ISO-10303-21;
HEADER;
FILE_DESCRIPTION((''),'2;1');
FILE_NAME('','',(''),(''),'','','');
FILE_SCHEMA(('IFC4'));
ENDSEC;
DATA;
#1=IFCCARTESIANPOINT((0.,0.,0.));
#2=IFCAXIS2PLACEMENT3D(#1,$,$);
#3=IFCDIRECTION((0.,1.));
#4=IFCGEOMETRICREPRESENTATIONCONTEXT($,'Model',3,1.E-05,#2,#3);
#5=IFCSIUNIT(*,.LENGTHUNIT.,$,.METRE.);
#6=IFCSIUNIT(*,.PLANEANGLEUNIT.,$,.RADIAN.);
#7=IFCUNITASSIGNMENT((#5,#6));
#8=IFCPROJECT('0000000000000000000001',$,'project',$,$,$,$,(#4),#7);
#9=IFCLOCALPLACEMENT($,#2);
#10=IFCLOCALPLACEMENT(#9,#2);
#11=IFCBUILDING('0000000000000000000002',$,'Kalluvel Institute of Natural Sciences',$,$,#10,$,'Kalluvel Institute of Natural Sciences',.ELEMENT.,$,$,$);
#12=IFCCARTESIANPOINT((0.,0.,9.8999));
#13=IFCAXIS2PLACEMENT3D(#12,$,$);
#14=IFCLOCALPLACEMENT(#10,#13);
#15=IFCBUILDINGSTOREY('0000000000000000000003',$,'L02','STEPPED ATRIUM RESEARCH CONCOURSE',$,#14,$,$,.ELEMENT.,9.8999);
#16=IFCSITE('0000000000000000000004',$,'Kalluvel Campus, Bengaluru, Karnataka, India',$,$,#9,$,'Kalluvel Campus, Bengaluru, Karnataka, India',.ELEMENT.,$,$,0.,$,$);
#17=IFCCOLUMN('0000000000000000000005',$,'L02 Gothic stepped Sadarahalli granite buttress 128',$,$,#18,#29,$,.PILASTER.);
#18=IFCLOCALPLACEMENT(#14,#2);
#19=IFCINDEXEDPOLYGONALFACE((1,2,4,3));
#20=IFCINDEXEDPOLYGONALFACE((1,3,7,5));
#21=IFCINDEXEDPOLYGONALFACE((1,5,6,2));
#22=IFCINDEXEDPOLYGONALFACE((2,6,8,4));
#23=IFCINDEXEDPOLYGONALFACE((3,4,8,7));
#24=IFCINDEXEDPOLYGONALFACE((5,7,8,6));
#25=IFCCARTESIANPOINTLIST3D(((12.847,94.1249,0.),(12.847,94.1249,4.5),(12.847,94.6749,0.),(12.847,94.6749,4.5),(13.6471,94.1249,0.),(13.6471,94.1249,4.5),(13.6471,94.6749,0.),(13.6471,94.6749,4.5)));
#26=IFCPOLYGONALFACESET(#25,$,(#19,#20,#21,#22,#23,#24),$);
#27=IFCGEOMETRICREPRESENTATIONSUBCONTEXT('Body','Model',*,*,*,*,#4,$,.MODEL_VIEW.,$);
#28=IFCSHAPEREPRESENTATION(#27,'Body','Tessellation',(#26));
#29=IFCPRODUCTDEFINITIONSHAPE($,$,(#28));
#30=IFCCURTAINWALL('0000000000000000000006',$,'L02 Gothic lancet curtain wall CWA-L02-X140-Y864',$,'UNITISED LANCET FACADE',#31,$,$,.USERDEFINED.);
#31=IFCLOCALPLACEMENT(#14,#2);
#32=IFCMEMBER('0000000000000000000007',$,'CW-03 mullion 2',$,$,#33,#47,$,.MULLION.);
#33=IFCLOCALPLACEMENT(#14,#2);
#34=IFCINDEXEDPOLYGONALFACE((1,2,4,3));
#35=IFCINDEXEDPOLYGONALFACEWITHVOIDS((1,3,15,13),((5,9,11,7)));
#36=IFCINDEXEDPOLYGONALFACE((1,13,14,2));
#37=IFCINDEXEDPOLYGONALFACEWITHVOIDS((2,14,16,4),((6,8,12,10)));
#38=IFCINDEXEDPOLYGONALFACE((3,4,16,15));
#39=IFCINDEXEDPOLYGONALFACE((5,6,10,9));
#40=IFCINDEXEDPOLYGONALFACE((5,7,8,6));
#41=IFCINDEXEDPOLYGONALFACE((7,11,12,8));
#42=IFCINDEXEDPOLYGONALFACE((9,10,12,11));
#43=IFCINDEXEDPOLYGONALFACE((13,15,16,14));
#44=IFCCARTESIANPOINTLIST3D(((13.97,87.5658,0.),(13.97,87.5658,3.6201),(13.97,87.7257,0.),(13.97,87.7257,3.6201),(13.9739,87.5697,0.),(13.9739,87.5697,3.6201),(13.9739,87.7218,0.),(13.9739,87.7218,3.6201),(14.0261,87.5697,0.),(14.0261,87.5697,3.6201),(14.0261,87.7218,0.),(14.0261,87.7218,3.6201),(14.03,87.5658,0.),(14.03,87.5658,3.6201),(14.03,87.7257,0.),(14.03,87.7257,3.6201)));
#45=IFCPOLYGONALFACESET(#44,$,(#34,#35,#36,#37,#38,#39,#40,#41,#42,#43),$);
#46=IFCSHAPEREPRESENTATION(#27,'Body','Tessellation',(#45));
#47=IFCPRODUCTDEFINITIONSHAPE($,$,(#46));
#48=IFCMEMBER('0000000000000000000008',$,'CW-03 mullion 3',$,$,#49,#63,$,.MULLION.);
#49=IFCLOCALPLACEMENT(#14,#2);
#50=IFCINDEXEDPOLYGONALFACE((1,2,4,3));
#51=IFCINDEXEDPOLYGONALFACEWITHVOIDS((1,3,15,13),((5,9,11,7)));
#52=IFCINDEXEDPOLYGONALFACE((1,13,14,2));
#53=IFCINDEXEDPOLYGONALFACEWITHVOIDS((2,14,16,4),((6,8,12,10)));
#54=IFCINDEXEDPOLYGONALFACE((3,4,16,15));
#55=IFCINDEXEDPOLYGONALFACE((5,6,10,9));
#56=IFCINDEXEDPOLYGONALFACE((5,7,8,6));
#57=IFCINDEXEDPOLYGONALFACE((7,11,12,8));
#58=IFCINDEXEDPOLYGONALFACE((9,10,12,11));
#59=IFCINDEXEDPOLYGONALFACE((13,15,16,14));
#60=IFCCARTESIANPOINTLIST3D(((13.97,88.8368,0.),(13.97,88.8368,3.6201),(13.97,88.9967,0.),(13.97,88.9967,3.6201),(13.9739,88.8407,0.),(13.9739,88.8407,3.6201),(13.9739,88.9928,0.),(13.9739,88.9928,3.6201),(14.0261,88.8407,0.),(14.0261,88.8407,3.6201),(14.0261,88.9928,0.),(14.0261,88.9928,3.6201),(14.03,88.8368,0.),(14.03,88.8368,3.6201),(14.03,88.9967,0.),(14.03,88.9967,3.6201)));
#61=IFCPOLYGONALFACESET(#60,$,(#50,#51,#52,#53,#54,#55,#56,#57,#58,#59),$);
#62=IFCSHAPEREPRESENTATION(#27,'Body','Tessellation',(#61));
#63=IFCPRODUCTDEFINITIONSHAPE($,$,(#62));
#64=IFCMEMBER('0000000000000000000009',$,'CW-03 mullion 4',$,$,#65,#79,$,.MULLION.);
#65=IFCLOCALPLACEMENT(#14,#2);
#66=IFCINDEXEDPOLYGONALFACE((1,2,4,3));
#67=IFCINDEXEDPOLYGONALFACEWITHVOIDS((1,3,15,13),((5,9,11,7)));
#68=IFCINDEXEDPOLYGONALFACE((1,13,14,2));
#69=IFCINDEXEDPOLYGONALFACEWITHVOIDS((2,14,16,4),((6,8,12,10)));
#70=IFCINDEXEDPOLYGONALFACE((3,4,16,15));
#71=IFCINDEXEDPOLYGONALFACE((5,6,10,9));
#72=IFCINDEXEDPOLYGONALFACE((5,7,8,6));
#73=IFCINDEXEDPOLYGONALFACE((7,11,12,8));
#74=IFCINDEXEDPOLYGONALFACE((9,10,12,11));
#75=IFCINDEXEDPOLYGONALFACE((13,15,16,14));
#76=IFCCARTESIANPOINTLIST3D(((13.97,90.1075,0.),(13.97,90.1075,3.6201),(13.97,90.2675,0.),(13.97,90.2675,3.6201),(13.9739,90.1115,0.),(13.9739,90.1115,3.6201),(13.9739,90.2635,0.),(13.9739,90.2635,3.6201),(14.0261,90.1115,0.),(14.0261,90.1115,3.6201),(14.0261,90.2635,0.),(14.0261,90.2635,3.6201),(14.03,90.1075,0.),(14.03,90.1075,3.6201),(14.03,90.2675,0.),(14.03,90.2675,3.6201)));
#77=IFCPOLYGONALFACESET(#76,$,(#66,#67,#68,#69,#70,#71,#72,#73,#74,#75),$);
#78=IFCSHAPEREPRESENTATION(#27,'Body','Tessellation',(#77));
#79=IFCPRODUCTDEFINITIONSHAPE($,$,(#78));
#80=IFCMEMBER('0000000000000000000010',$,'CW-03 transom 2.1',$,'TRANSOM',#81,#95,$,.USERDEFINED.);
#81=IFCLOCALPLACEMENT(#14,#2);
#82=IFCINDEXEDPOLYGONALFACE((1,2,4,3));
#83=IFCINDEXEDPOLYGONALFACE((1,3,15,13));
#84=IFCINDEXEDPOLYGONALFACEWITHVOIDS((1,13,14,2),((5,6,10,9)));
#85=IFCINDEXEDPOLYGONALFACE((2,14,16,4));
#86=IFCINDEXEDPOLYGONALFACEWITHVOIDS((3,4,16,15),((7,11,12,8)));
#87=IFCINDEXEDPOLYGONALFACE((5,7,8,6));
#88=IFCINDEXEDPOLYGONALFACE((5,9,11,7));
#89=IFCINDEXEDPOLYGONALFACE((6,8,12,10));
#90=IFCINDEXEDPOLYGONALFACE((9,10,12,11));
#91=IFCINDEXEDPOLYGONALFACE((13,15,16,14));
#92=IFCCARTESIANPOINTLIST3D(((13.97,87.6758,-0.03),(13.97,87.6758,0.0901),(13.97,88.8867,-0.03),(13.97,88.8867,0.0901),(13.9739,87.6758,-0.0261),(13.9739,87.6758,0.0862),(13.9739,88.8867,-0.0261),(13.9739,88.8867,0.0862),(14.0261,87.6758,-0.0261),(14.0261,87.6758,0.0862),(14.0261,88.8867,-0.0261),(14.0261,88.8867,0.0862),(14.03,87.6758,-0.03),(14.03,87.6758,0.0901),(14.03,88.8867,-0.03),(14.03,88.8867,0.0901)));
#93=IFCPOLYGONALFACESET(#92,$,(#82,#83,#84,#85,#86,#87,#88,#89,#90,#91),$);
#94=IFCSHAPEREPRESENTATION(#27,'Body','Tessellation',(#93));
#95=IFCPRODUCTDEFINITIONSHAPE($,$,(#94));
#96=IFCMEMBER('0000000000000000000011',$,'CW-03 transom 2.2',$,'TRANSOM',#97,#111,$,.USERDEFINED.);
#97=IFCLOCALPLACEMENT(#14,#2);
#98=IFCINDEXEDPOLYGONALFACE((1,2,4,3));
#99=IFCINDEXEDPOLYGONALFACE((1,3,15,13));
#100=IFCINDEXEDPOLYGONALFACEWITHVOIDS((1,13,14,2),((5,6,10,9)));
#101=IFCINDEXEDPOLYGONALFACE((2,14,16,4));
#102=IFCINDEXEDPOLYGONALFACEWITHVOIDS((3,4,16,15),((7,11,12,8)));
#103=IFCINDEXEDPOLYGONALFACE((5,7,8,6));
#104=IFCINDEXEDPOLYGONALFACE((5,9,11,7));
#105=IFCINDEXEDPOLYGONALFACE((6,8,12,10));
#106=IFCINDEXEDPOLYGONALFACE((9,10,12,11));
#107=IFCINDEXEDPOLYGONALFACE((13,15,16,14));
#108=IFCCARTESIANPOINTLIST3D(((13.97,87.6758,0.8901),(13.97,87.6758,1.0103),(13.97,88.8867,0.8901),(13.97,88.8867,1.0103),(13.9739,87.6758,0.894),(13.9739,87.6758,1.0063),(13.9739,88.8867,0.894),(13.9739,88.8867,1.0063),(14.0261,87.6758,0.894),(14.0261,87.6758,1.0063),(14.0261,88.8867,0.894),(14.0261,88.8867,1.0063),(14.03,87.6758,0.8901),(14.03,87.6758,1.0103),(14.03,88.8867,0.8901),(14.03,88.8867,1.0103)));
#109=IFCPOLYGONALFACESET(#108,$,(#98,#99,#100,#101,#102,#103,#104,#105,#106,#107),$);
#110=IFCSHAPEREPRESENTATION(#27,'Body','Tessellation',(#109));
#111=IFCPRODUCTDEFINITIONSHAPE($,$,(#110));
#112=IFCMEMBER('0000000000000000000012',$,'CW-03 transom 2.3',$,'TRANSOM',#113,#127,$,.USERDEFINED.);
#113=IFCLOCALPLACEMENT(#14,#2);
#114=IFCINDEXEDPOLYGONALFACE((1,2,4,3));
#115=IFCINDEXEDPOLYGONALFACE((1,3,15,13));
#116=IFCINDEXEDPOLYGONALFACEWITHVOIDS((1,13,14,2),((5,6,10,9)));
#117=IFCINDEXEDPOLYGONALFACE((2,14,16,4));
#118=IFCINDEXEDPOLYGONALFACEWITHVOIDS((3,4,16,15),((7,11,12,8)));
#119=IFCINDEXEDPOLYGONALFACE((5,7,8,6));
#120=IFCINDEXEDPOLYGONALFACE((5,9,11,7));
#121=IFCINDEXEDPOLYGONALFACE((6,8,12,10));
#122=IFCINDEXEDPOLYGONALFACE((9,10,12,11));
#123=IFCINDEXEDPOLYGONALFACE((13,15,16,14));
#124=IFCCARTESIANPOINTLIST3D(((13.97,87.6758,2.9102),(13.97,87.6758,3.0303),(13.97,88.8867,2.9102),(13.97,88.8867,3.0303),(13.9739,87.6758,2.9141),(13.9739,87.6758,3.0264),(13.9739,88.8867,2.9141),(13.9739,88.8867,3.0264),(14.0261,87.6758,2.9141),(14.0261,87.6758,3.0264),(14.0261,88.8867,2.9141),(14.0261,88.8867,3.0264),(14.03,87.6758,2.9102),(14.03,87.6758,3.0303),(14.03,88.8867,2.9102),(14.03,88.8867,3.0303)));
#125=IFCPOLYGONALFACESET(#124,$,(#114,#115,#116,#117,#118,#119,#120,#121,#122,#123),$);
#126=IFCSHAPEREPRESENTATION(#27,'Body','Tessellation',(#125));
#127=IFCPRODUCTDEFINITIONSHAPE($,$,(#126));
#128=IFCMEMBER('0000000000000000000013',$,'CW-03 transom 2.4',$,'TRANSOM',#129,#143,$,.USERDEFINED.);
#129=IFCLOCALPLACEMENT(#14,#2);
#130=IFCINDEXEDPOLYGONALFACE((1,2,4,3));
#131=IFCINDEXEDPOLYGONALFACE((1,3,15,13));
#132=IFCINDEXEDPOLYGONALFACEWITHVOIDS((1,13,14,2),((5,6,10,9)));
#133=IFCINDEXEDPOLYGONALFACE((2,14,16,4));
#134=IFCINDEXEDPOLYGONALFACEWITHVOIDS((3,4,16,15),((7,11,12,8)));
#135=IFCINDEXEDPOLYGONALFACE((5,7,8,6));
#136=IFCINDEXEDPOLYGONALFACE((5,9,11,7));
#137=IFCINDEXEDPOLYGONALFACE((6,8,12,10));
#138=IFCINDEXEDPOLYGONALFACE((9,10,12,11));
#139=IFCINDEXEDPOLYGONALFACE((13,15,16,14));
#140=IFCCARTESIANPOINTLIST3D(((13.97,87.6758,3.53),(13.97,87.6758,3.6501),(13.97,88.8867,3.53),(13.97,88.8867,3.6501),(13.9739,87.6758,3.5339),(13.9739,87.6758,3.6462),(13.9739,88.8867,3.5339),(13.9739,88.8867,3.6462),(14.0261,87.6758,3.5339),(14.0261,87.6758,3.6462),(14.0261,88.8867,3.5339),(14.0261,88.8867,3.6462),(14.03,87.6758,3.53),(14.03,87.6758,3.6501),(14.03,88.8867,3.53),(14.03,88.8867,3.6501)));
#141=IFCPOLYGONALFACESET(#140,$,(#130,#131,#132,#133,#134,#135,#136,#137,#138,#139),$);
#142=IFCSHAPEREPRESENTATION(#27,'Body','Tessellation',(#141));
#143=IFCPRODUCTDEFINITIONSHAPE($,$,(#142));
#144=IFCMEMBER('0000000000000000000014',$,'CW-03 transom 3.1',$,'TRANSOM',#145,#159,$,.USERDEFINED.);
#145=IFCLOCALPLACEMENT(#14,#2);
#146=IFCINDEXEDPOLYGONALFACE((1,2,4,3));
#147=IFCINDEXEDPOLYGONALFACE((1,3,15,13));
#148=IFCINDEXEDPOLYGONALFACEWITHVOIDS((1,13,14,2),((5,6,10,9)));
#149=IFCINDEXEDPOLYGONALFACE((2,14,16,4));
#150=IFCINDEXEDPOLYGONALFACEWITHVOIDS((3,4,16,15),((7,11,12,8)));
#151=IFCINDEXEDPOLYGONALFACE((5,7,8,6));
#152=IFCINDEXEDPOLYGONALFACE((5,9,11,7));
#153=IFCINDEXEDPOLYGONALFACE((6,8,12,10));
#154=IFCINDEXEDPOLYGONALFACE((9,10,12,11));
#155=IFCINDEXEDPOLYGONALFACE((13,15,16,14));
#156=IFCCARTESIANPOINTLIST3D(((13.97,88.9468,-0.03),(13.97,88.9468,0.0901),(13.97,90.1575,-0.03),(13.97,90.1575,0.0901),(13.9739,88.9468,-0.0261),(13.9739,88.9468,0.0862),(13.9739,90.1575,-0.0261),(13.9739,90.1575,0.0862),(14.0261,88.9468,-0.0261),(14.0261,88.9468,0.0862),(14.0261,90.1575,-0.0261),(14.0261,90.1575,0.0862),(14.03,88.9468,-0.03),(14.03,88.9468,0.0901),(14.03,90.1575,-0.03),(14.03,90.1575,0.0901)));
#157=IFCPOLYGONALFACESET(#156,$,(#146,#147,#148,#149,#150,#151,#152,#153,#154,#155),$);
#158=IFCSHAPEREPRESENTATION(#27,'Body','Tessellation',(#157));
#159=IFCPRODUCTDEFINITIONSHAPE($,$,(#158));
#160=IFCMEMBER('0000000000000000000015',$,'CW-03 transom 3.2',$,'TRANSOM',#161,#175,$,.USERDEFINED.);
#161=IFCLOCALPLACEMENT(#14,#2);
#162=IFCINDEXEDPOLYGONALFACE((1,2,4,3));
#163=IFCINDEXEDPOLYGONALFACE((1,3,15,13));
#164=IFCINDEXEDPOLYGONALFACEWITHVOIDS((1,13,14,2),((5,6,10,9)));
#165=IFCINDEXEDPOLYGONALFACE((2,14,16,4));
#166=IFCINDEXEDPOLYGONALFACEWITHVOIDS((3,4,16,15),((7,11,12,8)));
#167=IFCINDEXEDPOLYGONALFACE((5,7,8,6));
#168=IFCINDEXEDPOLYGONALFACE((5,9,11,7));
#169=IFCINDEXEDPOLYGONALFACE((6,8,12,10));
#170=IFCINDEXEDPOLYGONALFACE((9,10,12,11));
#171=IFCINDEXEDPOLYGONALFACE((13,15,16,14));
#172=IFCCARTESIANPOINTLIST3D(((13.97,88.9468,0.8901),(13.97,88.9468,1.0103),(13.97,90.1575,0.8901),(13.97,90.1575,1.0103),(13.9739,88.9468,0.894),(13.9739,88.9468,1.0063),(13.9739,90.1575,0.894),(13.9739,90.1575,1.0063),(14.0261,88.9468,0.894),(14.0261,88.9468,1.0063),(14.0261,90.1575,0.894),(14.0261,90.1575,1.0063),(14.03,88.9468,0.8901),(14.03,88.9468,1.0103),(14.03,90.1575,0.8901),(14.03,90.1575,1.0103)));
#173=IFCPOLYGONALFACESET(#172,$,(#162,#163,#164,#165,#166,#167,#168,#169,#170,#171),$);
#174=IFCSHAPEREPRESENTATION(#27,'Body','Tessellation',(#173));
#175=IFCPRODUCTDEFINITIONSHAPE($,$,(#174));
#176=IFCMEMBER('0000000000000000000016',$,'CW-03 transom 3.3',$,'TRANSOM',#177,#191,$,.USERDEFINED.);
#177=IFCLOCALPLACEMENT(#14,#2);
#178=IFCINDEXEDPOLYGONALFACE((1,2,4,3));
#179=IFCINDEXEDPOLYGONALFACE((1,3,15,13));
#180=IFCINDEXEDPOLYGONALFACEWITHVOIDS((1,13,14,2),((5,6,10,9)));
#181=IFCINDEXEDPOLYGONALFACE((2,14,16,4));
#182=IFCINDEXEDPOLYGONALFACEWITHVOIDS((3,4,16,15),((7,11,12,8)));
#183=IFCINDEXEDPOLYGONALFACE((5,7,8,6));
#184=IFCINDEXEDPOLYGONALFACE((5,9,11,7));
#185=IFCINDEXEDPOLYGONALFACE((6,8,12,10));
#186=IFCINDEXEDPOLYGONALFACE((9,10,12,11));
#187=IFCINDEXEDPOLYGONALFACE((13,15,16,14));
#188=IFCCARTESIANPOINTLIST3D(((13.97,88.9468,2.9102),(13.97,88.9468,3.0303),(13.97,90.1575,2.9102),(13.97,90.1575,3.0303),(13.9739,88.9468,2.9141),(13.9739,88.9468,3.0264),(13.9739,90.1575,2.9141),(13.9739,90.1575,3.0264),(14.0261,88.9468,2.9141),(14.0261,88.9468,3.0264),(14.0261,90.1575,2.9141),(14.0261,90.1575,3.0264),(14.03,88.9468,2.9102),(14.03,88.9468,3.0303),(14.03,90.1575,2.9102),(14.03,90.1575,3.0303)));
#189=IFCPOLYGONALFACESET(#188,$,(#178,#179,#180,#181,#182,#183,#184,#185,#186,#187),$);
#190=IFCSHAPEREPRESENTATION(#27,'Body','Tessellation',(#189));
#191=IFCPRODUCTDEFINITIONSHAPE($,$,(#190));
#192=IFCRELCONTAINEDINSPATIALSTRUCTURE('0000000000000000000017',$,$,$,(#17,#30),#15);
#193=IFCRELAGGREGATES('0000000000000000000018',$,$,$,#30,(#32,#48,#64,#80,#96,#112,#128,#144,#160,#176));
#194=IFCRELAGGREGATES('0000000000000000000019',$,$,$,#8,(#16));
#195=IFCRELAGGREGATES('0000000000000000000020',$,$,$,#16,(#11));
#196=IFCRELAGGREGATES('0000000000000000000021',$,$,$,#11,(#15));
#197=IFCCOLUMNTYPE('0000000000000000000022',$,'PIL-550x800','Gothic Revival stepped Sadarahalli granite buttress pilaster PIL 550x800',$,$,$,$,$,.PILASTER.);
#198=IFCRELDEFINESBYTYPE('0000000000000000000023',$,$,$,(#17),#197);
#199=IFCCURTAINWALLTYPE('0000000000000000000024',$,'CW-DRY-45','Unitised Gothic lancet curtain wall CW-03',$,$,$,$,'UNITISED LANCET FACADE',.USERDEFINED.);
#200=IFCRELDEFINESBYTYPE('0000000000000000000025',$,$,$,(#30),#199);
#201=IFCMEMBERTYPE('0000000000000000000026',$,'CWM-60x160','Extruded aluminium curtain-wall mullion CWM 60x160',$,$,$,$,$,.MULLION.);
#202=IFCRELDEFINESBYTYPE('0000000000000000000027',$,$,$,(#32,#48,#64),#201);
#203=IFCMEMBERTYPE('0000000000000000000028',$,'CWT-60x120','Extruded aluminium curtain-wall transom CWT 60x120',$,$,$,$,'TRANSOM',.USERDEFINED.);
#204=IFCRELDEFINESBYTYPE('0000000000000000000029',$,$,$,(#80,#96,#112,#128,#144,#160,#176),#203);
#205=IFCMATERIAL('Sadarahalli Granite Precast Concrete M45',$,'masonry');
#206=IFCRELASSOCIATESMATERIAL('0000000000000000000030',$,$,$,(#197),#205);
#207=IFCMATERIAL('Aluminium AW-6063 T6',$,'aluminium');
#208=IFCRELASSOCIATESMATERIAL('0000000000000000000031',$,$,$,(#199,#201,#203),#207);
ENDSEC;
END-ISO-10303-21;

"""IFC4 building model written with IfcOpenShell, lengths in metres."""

from ifc_helpers import new_model, si_unit, direction, frame, origin, origin_2d, place, context, subcontext, project, spatial, rectangle, hollow_rectangle, extrude, material, material_profile, profile_set, type_object, element, aggregate, save


model = new_model("IFC4")

# Units and contexts
model_context = context("Model", 3, precision=1e-05, world=origin(), true_north=direction((0.0, 1.0)))
body_context = subcontext(model_context, "Body", "Model", "MODEL_VIEW")
ifc_project = project(units=[si_unit("LENGTHUNIT", "METRE"), si_unit("PLANEANGLEUNIT", "RADIAN")], contexts=[model_context])

# Site, building, storey
site_placement = place(None, origin())
site = spatial("IfcSite", under=ifc_project, at=site_placement, Name="Kalluvel Campus, Bengaluru, Karnataka, India", LongName="Kalluvel Campus, Bengaluru, Karnataka, India", CompositionType="ELEMENT", RefElevation=0.0)
building_placement = place(site_placement, origin())
building = spatial("IfcBuilding", under=site, at=building_placement, Name="Kalluvel Institute of Natural Sciences", LongName="Kalluvel Institute of Natural Sciences", CompositionType="ELEMENT")
storey_placement = place(building_placement, frame((0.0, 0.0, 9.8999)))
storey = spatial("IfcBuildingStorey", under=building, at=storey_placement, Name="L02", Description="STEPPED ATRIUM RESEARCH CONCOURSE", CompositionType="ELEMENT", Elevation=9.8999)

# Column
ifc_material_1 = material(Name="Sadarahalli Granite Precast Concrete M45", Category="masonry")
ifc_material_profile_1 = material_profile(ifc_material_1, rectangle(XDim=0.55, YDim=0.8, at=origin_2d()), Name="PIL 550x800")
ifc_profile_set_1 = profile_set([ifc_material_profile_1], Name="Sadarahalli Granite Precast Concrete M45")
column_type = type_object("IfcColumnType", Name="PIL-550x800", Description="Gothic Revival stepped Sadarahalli granite buttress pilaster PIL 550x800", PredefinedType="PILASTER", material=ifc_profile_set_1)
column_placement = place(storey_placement, frame((13.2471, 94.3999, 0.0), z_axis=(0.0, 0.0, 1.0), x_axis=(0.0, 1.0, 0.0)))
element("IfcColumn", 1, at=column_placement, inside=storey, type_object=column_type, Name="L02 Gothic stepped Sadarahalli granite buttress 128", PredefinedType="PILASTER", context=body_context, shape_type="SweptSolid", body=[
    extrude(rectangle(XDim=0.55, YDim=0.8, at=origin_2d()), origin(), (0.0, 0.0, 1.0), 4.5),
])

# Curtain wall, members
ifc_material_2 = material(Name="Aluminium AW-6063 T6", Category="aluminium")
curtain_wall_type = type_object("IfcCurtainWallType", Name="CW-DRY-45", Description="Unitised Gothic lancet curtain wall CW-03", ElementType="UNITISED LANCET FACADE", PredefinedType="USERDEFINED", material=ifc_material_2)
curtain_wall_placement = place(storey_placement, origin())
curtain_wall = element("IfcCurtainWall", 2, at=curtain_wall_placement, inside=storey, type_object=curtain_wall_type, Name="L02 Gothic lancet curtain wall CWA-L02-X140-Y864", ObjectType="UNITISED LANCET FACADE", PredefinedType="USERDEFINED")
ifc_material_profile_2 = material_profile(ifc_material_2, hollow_rectangle(XDim=0.0601, YDim=0.1599, WallThickness=0.0039, at=origin_2d()), Name="CWM 60x160")
ifc_profile_set_2 = profile_set([ifc_material_profile_2], Name="Aluminium AW-6063 T6")
member_type_1 = type_object("IfcMemberType", Name="CWM-60x160", Description="Extruded aluminium curtain-wall mullion CWM 60x160", PredefinedType="MULLION", material=ifc_profile_set_2)
member_1_placement = place(storey_placement, frame((14.0, 87.6458, 0.0), z_axis=(0.0, 0.0, 1.0), x_axis=(-1.0, 0.0, 0.0)))
member_1 = element("IfcMember", 3, at=member_1_placement, type_object=member_type_1, Name="CW-03 mullion 2", PredefinedType="MULLION", context=body_context, shape_type="SweptSolid", body=[
    extrude(hollow_rectangle(XDim=0.0601, YDim=0.1599, WallThickness=0.0039, at=origin_2d()), origin(), (0.0, 0.0, 1.0), 3.6201),
])
member_2_placement = place(storey_placement, frame((14.0, 88.9167, 0.0), z_axis=(0.0, 0.0, 1.0), x_axis=(-1.0, 0.0, 0.0)))
member_2 = element("IfcMember", 4, at=member_2_placement, type_object=member_type_1, Name="CW-03 mullion 3", PredefinedType="MULLION", context=body_context, shape_type="SweptSolid", body=[
    extrude(hollow_rectangle(XDim=0.0601, YDim=0.1599, WallThickness=0.0039, at=origin_2d()), origin(), (0.0, 0.0, 1.0), 3.6201),
])
member_3_placement = place(storey_placement, frame((14.0, 90.1875, 0.0), z_axis=(0.0, 0.0, 1.0), x_axis=(-1.0, 0.0, 0.0)))
member_3 = element("IfcMember", 5, at=member_3_placement, type_object=member_type_1, Name="CW-03 mullion 4", PredefinedType="MULLION", context=body_context, shape_type="SweptSolid", body=[
    extrude(hollow_rectangle(XDim=0.0601, YDim=0.1599, WallThickness=0.0039, at=origin_2d()), origin(), (0.0, 0.0, 1.0), 3.6201),
])
ifc_material_profile_3 = material_profile(ifc_material_2, hollow_rectangle(XDim=0.0601, YDim=0.1201, WallThickness=0.0039, at=origin_2d()), Name="CWT 60x120")
ifc_profile_set_3 = profile_set([ifc_material_profile_3], Name="Aluminium AW-6063 T6")
member_type_2 = type_object("IfcMemberType", Name="CWT-60x120", Description="Extruded aluminium curtain-wall transom CWT 60x120", ElementType="TRANSOM", PredefinedType="USERDEFINED", material=ifc_profile_set_3)
member_4_placement = place(storey_placement, frame((14.0, 87.6758, 0.03), z_axis=(0.0, 1.0, 0.0), x_axis=(-1.0, 0.0, 0.0)))
member_4 = element("IfcMember", 6, at=member_4_placement, type_object=member_type_2, Name="CW-03 transom 2.1", ObjectType="TRANSOM", PredefinedType="USERDEFINED", context=body_context, shape_type="SweptSolid", body=[
    extrude(hollow_rectangle(XDim=0.0601, YDim=0.1201, WallThickness=0.0039, at=origin_2d()), origin(), (0.0, 0.0, 1.0), 1.2109),
])
member_5_placement = place(storey_placement, frame((14.0, 87.6758, 0.9502), z_axis=(0.0, 1.0, 0.0), x_axis=(-1.0, 0.0, 0.0)))
member_5 = element("IfcMember", 7, at=member_5_placement, type_object=member_type_2, Name="CW-03 transom 2.2", ObjectType="TRANSOM", PredefinedType="USERDEFINED", context=body_context, shape_type="SweptSolid", body=[
    extrude(hollow_rectangle(XDim=0.0601, YDim=0.1201, WallThickness=0.0039, at=origin_2d()), origin(), (0.0, 0.0, 1.0), 1.2109),
])
member_6_placement = place(storey_placement, frame((14.0, 87.6758, 2.9702), z_axis=(0.0, 1.0, 0.0), x_axis=(-1.0, 0.0, 0.0)))
member_6 = element("IfcMember", 8, at=member_6_placement, type_object=member_type_2, Name="CW-03 transom 2.3", ObjectType="TRANSOM", PredefinedType="USERDEFINED", context=body_context, shape_type="SweptSolid", body=[
    extrude(hollow_rectangle(XDim=0.0601, YDim=0.1201, WallThickness=0.0039, at=origin_2d()), origin(), (0.0, 0.0, 1.0), 1.2109),
])
member_7_placement = place(storey_placement, frame((14.0, 87.6758, 3.5901), z_axis=(0.0, 1.0, 0.0), x_axis=(-1.0, 0.0, 0.0)))
member_7 = element("IfcMember", 9, at=member_7_placement, type_object=member_type_2, Name="CW-03 transom 2.4", ObjectType="TRANSOM", PredefinedType="USERDEFINED", context=body_context, shape_type="SweptSolid", body=[
    extrude(hollow_rectangle(XDim=0.0601, YDim=0.1201, WallThickness=0.0039, at=origin_2d()), origin(), (0.0, 0.0, 1.0), 1.2109),
])
member_8_placement = place(storey_placement, frame((14.0, 88.9468, 0.03), z_axis=(0.0, 1.0, 0.0), x_axis=(-1.0, 0.0, 0.0)))
member_8 = element("IfcMember", 10, at=member_8_placement, type_object=member_type_2, Name="CW-03 transom 3.1", ObjectType="TRANSOM", PredefinedType="USERDEFINED", context=body_context, shape_type="SweptSolid", body=[
    extrude(hollow_rectangle(XDim=0.0601, YDim=0.1201, WallThickness=0.0039, at=origin_2d()), origin(), (0.0, 0.0, 1.0), 1.2107),
])
member_9_placement = place(storey_placement, frame((14.0, 88.9468, 0.9502), z_axis=(0.0, 1.0, 0.0), x_axis=(-1.0, 0.0, 0.0)))
member_9 = element("IfcMember", 11, at=member_9_placement, type_object=member_type_2, Name="CW-03 transom 3.2", ObjectType="TRANSOM", PredefinedType="USERDEFINED", context=body_context, shape_type="SweptSolid", body=[
    extrude(hollow_rectangle(XDim=0.0601, YDim=0.1201, WallThickness=0.0039, at=origin_2d()), origin(), (0.0, 0.0, 1.0), 1.2107),
])
member_10_placement = place(storey_placement, frame((14.0, 88.9468, 2.9702), z_axis=(0.0, 1.0, 0.0), x_axis=(-1.0, 0.0, 0.0)))
member_10 = element("IfcMember", 12, at=member_10_placement, type_object=member_type_2, Name="CW-03 transom 3.3", ObjectType="TRANSOM", PredefinedType="USERDEFINED", context=body_context, shape_type="SweptSolid", body=[
    extrude(hollow_rectangle(XDim=0.0601, YDim=0.1201, WallThickness=0.0039, at=origin_2d()), origin(), (0.0, 0.0, 1.0), 1.2107),
])
aggregate(curtain_wall, [member_1, member_2, member_3, member_4, member_5, member_6, member_7, member_8, member_9, member_10])

save(model, "model.ifc")
